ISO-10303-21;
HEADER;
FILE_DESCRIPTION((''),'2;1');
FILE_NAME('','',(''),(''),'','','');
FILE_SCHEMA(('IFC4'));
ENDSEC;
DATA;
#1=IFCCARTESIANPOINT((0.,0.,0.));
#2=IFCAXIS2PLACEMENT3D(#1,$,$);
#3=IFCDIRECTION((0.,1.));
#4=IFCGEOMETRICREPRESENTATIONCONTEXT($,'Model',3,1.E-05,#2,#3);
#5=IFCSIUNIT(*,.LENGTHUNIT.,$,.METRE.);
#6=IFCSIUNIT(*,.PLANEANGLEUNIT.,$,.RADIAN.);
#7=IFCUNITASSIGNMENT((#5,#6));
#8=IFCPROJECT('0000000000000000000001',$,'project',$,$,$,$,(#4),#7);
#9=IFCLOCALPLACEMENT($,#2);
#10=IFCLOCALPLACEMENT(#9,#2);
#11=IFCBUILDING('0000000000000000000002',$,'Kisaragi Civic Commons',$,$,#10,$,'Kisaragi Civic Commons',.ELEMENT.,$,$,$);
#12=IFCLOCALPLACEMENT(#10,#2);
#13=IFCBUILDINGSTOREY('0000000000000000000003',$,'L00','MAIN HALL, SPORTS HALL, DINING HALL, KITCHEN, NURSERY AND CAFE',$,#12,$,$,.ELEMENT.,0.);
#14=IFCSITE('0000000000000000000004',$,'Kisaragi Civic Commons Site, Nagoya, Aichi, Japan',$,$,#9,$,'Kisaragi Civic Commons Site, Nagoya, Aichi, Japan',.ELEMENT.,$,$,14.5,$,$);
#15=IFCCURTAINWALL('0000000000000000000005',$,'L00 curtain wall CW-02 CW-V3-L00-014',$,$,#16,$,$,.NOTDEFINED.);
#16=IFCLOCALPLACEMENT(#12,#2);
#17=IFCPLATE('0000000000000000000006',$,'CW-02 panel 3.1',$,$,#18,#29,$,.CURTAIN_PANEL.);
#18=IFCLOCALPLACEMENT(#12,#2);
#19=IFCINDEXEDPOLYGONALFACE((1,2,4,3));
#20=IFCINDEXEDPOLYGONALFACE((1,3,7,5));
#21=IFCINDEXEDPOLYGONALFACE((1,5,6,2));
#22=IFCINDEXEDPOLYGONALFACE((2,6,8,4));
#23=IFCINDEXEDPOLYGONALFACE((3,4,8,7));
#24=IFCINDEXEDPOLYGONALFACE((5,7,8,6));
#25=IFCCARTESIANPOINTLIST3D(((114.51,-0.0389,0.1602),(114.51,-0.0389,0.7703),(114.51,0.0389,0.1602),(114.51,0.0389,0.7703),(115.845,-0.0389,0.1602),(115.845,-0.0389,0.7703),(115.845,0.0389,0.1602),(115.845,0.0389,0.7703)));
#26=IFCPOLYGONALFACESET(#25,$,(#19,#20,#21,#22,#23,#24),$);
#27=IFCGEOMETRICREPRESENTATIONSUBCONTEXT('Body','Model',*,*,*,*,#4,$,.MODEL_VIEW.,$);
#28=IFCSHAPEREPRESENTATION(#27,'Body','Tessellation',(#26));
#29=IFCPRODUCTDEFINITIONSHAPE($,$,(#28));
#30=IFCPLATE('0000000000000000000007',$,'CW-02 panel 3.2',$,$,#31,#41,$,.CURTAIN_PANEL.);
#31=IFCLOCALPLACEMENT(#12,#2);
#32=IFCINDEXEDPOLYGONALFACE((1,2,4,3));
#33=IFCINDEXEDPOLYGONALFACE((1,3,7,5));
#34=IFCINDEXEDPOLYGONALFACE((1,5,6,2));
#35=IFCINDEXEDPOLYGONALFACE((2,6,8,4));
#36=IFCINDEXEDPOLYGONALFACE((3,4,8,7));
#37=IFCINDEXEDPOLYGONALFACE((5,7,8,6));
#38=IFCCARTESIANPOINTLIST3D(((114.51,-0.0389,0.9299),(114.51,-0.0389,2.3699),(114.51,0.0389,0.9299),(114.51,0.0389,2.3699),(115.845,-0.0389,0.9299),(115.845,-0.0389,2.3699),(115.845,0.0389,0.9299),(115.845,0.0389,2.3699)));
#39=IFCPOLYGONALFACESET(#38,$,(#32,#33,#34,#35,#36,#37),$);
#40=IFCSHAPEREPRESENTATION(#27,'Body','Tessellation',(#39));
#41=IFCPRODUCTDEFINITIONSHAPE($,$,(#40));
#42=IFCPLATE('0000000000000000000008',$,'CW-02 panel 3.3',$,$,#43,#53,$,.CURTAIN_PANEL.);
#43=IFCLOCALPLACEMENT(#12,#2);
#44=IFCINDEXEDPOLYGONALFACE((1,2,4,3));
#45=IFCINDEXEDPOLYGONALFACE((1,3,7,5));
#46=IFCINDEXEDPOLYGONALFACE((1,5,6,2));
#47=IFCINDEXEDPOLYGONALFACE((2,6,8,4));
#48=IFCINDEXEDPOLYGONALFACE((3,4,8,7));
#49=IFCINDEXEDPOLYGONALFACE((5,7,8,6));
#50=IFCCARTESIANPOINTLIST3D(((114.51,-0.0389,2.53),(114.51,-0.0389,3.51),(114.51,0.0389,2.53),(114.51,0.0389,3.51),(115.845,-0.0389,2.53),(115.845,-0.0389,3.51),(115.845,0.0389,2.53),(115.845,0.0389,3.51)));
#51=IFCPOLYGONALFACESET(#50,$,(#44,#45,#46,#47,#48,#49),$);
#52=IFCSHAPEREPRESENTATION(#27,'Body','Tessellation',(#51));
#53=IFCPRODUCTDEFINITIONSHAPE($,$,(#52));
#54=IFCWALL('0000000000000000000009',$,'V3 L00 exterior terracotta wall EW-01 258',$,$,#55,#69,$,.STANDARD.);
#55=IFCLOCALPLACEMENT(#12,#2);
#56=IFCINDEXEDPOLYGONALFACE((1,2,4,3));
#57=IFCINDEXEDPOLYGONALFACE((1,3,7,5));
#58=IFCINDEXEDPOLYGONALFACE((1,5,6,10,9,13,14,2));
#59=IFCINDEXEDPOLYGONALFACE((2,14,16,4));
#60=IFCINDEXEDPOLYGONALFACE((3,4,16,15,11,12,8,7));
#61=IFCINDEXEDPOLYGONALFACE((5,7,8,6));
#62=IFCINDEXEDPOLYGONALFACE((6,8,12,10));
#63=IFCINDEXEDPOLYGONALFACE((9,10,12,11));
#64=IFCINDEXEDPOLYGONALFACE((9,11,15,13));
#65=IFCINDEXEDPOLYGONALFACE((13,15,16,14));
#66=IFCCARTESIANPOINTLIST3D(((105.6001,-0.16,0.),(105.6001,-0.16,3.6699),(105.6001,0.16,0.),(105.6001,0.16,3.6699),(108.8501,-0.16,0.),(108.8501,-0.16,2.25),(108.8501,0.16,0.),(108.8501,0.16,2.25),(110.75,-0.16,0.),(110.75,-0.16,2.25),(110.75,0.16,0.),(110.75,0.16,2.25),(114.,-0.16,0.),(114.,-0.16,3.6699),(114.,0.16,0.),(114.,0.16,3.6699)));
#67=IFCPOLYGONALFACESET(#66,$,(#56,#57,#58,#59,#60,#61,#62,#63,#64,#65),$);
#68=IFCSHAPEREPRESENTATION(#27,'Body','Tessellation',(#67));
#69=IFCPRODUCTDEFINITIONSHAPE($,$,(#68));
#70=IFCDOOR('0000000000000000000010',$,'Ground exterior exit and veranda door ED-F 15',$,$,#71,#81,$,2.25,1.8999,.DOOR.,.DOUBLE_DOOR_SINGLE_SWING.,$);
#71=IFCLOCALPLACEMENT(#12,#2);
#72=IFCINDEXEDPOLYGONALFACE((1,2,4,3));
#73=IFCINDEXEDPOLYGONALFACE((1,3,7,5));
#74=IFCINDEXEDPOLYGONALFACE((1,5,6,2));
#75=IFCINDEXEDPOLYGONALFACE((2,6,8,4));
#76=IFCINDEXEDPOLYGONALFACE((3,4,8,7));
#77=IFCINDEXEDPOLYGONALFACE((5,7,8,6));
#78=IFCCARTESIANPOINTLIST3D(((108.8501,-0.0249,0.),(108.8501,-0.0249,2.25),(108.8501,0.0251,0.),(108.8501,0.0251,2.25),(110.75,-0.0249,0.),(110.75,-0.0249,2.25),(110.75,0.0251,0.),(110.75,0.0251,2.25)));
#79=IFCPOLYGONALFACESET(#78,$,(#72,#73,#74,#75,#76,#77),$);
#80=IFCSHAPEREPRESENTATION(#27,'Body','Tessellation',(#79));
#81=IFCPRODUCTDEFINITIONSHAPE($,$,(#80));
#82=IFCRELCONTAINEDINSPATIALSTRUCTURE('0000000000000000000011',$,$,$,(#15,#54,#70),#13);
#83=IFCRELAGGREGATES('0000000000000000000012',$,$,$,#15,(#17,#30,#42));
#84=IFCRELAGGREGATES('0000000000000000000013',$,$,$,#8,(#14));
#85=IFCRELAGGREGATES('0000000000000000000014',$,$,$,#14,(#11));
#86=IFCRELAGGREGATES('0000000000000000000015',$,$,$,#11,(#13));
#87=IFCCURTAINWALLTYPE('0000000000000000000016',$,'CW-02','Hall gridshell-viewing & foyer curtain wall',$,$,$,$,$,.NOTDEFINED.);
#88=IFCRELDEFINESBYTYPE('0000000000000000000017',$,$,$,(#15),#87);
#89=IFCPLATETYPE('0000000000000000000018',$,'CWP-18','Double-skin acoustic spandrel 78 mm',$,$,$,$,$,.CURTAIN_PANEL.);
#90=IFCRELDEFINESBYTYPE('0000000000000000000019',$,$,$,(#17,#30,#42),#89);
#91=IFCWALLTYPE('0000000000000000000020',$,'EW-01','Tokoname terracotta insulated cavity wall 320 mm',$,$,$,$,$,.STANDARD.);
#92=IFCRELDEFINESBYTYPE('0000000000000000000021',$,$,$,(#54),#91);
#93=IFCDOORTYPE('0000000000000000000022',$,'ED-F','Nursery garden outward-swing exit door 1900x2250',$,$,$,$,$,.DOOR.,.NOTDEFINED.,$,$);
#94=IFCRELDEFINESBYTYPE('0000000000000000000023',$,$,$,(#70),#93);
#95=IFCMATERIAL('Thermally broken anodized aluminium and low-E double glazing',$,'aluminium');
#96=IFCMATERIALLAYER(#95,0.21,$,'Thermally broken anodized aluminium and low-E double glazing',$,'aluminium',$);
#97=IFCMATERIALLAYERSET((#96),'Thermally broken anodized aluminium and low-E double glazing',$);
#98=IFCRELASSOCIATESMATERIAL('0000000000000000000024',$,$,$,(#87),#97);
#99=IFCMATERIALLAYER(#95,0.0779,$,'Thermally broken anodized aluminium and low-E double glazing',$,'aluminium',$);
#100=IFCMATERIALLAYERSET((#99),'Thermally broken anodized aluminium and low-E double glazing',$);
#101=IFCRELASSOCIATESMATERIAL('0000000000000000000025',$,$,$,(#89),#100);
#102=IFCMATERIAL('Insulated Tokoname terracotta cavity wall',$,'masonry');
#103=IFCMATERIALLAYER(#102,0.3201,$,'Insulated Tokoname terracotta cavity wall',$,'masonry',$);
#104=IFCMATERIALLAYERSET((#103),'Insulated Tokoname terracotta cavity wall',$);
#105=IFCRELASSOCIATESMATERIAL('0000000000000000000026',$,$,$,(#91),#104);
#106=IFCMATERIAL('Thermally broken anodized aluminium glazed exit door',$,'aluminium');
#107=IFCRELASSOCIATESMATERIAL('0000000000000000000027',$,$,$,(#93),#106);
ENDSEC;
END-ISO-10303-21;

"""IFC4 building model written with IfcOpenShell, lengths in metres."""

from ifc_helpers import new_model, si_unit, direction, frame, frame_2d, origin, origin_2d, place, context, subcontext, project, spatial, rectangle, extrude, material, layer, layer_set, type_object, element, fill, aggregate, save


model = new_model("IFC4")

# Units and contexts
model_context = context("Model", 3, precision=1e-05, world=origin(), true_north=direction((0.0, 1.0)))
body_context = subcontext(model_context, "Body", "Model", "MODEL_VIEW")
ifc_project = project(units=[si_unit("LENGTHUNIT", "METRE"), si_unit("PLANEANGLEUNIT", "RADIAN")], contexts=[model_context])

# Site, building, storey
site_placement = place(None, origin())
site = spatial("IfcSite", under=ifc_project, at=site_placement, Name="Kisaragi Civic Commons Site, Nagoya, Aichi, Japan", LongName="Kisaragi Civic Commons Site, Nagoya, Aichi, Japan", CompositionType="ELEMENT", RefElevation=14.5)
building_placement = place(site_placement, origin())
building = spatial("IfcBuilding", under=site, at=building_placement, Name="Kisaragi Civic Commons", LongName="Kisaragi Civic Commons", CompositionType="ELEMENT")
storey_placement = place(building_placement, origin())
storey = spatial("IfcBuildingStorey", under=building, at=storey_placement, Name="L00", Description="MAIN HALL, SPORTS HALL, DINING HALL, KITCHEN, NURSERY AND CAFE", CompositionType="ELEMENT", Elevation=0.0)

# Shared definitions
ifc_material_1 = material(Name="Thermally broken anodized aluminium and low-E double glazing", Category="aluminium")
ifc_layer_1 = layer(ifc_material_1, 0.21, Name="Thermally broken anodized aluminium and low-E double glazing", Category="aluminium")
ifc_layer_set_1 = layer_set([ifc_layer_1], Name="Thermally broken anodized aluminium and low-E double glazing")
curtain_wall_type = type_object("IfcCurtainWallType", Name="CW-02", Description="Hall gridshell-viewing & foyer curtain wall", PredefinedType="NOTDEFINED", material=ifc_layer_set_1)

# Curtain wall
curtain_wall_1_placement = place(storey_placement, origin())
curtain_wall_1 = element("IfcCurtainWall", 1, at=curtain_wall_1_placement, inside=storey, type_object=curtain_wall_type, Name="L00 curtain wall CW-02 CW-V3-L00-014", PredefinedType="NOTDEFINED")

# Plates
ifc_layer_2 = layer(ifc_material_1, 0.0779, Name="Thermally broken anodized aluminium and low-E double glazing", Category="aluminium")
ifc_layer_set_2 = layer_set([ifc_layer_2], Name="Thermally broken anodized aluminium and low-E double glazing")
plate_type_1 = type_object("IfcPlateType", Name="CWP-18", Description="Double-skin acoustic spandrel 78 mm", PredefinedType="CURTAIN_PANEL", material=ifc_layer_set_2)
plate_1_placement = place(storey_placement, frame((115.1775, 0.0, 0.1602), z_axis=(0.0, 0.0, 1.0), x_axis=(-1.0, 0.0, 0.0)))
plate_1 = element("IfcPlate", 2, at=plate_1_placement, type_object=plate_type_1, Name="CW-02 panel 3.1", PredefinedType="CURTAIN_PANEL", context=body_context, shape_type="SweptSolid", body=[
    extrude(rectangle(XDim=1.335, YDim=0.0779, at=origin_2d()), origin(), (0.0, 0.0, 1.0), 0.6101),
])
plate_2_placement = place(storey_placement, frame((115.1775, 0.0, 0.9299), z_axis=(0.0, 0.0, 1.0), x_axis=(-1.0, 0.0, 0.0)))
plate_2 = element("IfcPlate", 3, at=plate_2_placement, type_object=plate_type_1, Name="CW-02 panel 3.2", PredefinedType="CURTAIN_PANEL", context=body_context, shape_type="SweptSolid", body=[
    extrude(rectangle(XDim=1.335, YDim=0.0779, at=origin_2d()), origin(), (0.0, 0.0, 1.0), 1.4399),
])
plate_3_placement = place(storey_placement, frame((115.1775, 0.0, 2.53), z_axis=(0.0, 0.0, 1.0), x_axis=(-1.0, 0.0, 0.0)))
plate_3 = element("IfcPlate", 4, at=plate_3_placement, type_object=plate_type_1, Name="CW-02 panel 3.3", PredefinedType="CURTAIN_PANEL", context=body_context, shape_type="SweptSolid", body=[
    extrude(rectangle(XDim=1.335, YDim=0.0779, at=origin_2d()), origin(), (0.0, 0.0, 1.0), 0.98),
])
aggregate(curtain_wall_1, [plate_1, plate_2, plate_3])

# Wall, opening, door
ifc_material_2 = material(Name="Insulated Tokoname terracotta cavity wall", Category="masonry")
ifc_layer_3 = layer(ifc_material_2, 0.3201, Name="Insulated Tokoname terracotta cavity wall", Category="masonry")
ifc_layer_set_3 = layer_set([ifc_layer_3], Name="Insulated Tokoname terracotta cavity wall")
wall_type = type_object("IfcWallType", Name="EW-01", Description="Tokoname terracotta insulated cavity wall 320 mm", PredefinedType="STANDARD", material=ifc_layer_set_3)
wall_placement = place(storey_placement, frame((114.0, 0.0, 0.0), z_axis=(0.0, 0.0, 1.0), x_axis=(-1.0, 0.0, 0.0)))
wall = element("IfcWall", 5, at=wall_placement, inside=storey, type_object=wall_type, Name="V3 L00 exterior terracotta wall EW-01 258", PredefinedType="STANDARD", context=body_context, shape_type="SweptSolid", body=[
    extrude(rectangle(XDim=8.3999, YDim=0.3201, at=frame_2d((4.2, 0.0))), origin(), (0.0, 0.0, 1.0), 3.6699),
])
opening_placement = place(wall_placement, frame((3.25, 0.0, 0.0)))
opening = element("IfcOpeningElement", 6, at=opening_placement, cuts=wall, PredefinedType="OPENING", context=body_context, shape_type="SweptSolid", body=[
    extrude(rectangle(XDim=1.8999, YDim=2.25, at=frame_2d((0.95, 1.125))), frame((0.0, 0.1699, 0.0), z_axis=(0.0, -1.0, 0.0), x_axis=(1.0, 0.0, 0.0)), (0.0, 0.0, 1.0), 0.3401),
])
ifc_material_3 = material(Name="Thermally broken anodized aluminium glazed exit door", Category="aluminium")
door_type = type_object("IfcDoorType", Name="ED-F", Description="Nursery garden outward-swing exit door 1900x2250", OperationType="NOTDEFINED", PredefinedType="DOOR", material=ifc_material_3)
door_placement = place(opening_placement, origin())
door = element("IfcDoor", 7, at=door_placement, inside=storey, type_object=door_type, Name="Ground exterior exit and veranda door ED-F 15", OperationType="DOUBLE_DOOR_SINGLE_SWING", OverallHeight=2.25, OverallWidth=1.8999, PredefinedType="DOOR", context=body_context, shape_type="SweptSolid", body=[
    extrude(rectangle(XDim=1.8999, YDim=2.25, at=frame_2d((0.95, 1.125))), frame((0.0, 0.0249, 0.0), z_axis=(0.0, -1.0, 0.0), x_axis=(1.0, 0.0, 0.0)), (0.0, 0.0, 1.0), 0.05),
])
fill(opening, door)

save(model, "model.ifc")
